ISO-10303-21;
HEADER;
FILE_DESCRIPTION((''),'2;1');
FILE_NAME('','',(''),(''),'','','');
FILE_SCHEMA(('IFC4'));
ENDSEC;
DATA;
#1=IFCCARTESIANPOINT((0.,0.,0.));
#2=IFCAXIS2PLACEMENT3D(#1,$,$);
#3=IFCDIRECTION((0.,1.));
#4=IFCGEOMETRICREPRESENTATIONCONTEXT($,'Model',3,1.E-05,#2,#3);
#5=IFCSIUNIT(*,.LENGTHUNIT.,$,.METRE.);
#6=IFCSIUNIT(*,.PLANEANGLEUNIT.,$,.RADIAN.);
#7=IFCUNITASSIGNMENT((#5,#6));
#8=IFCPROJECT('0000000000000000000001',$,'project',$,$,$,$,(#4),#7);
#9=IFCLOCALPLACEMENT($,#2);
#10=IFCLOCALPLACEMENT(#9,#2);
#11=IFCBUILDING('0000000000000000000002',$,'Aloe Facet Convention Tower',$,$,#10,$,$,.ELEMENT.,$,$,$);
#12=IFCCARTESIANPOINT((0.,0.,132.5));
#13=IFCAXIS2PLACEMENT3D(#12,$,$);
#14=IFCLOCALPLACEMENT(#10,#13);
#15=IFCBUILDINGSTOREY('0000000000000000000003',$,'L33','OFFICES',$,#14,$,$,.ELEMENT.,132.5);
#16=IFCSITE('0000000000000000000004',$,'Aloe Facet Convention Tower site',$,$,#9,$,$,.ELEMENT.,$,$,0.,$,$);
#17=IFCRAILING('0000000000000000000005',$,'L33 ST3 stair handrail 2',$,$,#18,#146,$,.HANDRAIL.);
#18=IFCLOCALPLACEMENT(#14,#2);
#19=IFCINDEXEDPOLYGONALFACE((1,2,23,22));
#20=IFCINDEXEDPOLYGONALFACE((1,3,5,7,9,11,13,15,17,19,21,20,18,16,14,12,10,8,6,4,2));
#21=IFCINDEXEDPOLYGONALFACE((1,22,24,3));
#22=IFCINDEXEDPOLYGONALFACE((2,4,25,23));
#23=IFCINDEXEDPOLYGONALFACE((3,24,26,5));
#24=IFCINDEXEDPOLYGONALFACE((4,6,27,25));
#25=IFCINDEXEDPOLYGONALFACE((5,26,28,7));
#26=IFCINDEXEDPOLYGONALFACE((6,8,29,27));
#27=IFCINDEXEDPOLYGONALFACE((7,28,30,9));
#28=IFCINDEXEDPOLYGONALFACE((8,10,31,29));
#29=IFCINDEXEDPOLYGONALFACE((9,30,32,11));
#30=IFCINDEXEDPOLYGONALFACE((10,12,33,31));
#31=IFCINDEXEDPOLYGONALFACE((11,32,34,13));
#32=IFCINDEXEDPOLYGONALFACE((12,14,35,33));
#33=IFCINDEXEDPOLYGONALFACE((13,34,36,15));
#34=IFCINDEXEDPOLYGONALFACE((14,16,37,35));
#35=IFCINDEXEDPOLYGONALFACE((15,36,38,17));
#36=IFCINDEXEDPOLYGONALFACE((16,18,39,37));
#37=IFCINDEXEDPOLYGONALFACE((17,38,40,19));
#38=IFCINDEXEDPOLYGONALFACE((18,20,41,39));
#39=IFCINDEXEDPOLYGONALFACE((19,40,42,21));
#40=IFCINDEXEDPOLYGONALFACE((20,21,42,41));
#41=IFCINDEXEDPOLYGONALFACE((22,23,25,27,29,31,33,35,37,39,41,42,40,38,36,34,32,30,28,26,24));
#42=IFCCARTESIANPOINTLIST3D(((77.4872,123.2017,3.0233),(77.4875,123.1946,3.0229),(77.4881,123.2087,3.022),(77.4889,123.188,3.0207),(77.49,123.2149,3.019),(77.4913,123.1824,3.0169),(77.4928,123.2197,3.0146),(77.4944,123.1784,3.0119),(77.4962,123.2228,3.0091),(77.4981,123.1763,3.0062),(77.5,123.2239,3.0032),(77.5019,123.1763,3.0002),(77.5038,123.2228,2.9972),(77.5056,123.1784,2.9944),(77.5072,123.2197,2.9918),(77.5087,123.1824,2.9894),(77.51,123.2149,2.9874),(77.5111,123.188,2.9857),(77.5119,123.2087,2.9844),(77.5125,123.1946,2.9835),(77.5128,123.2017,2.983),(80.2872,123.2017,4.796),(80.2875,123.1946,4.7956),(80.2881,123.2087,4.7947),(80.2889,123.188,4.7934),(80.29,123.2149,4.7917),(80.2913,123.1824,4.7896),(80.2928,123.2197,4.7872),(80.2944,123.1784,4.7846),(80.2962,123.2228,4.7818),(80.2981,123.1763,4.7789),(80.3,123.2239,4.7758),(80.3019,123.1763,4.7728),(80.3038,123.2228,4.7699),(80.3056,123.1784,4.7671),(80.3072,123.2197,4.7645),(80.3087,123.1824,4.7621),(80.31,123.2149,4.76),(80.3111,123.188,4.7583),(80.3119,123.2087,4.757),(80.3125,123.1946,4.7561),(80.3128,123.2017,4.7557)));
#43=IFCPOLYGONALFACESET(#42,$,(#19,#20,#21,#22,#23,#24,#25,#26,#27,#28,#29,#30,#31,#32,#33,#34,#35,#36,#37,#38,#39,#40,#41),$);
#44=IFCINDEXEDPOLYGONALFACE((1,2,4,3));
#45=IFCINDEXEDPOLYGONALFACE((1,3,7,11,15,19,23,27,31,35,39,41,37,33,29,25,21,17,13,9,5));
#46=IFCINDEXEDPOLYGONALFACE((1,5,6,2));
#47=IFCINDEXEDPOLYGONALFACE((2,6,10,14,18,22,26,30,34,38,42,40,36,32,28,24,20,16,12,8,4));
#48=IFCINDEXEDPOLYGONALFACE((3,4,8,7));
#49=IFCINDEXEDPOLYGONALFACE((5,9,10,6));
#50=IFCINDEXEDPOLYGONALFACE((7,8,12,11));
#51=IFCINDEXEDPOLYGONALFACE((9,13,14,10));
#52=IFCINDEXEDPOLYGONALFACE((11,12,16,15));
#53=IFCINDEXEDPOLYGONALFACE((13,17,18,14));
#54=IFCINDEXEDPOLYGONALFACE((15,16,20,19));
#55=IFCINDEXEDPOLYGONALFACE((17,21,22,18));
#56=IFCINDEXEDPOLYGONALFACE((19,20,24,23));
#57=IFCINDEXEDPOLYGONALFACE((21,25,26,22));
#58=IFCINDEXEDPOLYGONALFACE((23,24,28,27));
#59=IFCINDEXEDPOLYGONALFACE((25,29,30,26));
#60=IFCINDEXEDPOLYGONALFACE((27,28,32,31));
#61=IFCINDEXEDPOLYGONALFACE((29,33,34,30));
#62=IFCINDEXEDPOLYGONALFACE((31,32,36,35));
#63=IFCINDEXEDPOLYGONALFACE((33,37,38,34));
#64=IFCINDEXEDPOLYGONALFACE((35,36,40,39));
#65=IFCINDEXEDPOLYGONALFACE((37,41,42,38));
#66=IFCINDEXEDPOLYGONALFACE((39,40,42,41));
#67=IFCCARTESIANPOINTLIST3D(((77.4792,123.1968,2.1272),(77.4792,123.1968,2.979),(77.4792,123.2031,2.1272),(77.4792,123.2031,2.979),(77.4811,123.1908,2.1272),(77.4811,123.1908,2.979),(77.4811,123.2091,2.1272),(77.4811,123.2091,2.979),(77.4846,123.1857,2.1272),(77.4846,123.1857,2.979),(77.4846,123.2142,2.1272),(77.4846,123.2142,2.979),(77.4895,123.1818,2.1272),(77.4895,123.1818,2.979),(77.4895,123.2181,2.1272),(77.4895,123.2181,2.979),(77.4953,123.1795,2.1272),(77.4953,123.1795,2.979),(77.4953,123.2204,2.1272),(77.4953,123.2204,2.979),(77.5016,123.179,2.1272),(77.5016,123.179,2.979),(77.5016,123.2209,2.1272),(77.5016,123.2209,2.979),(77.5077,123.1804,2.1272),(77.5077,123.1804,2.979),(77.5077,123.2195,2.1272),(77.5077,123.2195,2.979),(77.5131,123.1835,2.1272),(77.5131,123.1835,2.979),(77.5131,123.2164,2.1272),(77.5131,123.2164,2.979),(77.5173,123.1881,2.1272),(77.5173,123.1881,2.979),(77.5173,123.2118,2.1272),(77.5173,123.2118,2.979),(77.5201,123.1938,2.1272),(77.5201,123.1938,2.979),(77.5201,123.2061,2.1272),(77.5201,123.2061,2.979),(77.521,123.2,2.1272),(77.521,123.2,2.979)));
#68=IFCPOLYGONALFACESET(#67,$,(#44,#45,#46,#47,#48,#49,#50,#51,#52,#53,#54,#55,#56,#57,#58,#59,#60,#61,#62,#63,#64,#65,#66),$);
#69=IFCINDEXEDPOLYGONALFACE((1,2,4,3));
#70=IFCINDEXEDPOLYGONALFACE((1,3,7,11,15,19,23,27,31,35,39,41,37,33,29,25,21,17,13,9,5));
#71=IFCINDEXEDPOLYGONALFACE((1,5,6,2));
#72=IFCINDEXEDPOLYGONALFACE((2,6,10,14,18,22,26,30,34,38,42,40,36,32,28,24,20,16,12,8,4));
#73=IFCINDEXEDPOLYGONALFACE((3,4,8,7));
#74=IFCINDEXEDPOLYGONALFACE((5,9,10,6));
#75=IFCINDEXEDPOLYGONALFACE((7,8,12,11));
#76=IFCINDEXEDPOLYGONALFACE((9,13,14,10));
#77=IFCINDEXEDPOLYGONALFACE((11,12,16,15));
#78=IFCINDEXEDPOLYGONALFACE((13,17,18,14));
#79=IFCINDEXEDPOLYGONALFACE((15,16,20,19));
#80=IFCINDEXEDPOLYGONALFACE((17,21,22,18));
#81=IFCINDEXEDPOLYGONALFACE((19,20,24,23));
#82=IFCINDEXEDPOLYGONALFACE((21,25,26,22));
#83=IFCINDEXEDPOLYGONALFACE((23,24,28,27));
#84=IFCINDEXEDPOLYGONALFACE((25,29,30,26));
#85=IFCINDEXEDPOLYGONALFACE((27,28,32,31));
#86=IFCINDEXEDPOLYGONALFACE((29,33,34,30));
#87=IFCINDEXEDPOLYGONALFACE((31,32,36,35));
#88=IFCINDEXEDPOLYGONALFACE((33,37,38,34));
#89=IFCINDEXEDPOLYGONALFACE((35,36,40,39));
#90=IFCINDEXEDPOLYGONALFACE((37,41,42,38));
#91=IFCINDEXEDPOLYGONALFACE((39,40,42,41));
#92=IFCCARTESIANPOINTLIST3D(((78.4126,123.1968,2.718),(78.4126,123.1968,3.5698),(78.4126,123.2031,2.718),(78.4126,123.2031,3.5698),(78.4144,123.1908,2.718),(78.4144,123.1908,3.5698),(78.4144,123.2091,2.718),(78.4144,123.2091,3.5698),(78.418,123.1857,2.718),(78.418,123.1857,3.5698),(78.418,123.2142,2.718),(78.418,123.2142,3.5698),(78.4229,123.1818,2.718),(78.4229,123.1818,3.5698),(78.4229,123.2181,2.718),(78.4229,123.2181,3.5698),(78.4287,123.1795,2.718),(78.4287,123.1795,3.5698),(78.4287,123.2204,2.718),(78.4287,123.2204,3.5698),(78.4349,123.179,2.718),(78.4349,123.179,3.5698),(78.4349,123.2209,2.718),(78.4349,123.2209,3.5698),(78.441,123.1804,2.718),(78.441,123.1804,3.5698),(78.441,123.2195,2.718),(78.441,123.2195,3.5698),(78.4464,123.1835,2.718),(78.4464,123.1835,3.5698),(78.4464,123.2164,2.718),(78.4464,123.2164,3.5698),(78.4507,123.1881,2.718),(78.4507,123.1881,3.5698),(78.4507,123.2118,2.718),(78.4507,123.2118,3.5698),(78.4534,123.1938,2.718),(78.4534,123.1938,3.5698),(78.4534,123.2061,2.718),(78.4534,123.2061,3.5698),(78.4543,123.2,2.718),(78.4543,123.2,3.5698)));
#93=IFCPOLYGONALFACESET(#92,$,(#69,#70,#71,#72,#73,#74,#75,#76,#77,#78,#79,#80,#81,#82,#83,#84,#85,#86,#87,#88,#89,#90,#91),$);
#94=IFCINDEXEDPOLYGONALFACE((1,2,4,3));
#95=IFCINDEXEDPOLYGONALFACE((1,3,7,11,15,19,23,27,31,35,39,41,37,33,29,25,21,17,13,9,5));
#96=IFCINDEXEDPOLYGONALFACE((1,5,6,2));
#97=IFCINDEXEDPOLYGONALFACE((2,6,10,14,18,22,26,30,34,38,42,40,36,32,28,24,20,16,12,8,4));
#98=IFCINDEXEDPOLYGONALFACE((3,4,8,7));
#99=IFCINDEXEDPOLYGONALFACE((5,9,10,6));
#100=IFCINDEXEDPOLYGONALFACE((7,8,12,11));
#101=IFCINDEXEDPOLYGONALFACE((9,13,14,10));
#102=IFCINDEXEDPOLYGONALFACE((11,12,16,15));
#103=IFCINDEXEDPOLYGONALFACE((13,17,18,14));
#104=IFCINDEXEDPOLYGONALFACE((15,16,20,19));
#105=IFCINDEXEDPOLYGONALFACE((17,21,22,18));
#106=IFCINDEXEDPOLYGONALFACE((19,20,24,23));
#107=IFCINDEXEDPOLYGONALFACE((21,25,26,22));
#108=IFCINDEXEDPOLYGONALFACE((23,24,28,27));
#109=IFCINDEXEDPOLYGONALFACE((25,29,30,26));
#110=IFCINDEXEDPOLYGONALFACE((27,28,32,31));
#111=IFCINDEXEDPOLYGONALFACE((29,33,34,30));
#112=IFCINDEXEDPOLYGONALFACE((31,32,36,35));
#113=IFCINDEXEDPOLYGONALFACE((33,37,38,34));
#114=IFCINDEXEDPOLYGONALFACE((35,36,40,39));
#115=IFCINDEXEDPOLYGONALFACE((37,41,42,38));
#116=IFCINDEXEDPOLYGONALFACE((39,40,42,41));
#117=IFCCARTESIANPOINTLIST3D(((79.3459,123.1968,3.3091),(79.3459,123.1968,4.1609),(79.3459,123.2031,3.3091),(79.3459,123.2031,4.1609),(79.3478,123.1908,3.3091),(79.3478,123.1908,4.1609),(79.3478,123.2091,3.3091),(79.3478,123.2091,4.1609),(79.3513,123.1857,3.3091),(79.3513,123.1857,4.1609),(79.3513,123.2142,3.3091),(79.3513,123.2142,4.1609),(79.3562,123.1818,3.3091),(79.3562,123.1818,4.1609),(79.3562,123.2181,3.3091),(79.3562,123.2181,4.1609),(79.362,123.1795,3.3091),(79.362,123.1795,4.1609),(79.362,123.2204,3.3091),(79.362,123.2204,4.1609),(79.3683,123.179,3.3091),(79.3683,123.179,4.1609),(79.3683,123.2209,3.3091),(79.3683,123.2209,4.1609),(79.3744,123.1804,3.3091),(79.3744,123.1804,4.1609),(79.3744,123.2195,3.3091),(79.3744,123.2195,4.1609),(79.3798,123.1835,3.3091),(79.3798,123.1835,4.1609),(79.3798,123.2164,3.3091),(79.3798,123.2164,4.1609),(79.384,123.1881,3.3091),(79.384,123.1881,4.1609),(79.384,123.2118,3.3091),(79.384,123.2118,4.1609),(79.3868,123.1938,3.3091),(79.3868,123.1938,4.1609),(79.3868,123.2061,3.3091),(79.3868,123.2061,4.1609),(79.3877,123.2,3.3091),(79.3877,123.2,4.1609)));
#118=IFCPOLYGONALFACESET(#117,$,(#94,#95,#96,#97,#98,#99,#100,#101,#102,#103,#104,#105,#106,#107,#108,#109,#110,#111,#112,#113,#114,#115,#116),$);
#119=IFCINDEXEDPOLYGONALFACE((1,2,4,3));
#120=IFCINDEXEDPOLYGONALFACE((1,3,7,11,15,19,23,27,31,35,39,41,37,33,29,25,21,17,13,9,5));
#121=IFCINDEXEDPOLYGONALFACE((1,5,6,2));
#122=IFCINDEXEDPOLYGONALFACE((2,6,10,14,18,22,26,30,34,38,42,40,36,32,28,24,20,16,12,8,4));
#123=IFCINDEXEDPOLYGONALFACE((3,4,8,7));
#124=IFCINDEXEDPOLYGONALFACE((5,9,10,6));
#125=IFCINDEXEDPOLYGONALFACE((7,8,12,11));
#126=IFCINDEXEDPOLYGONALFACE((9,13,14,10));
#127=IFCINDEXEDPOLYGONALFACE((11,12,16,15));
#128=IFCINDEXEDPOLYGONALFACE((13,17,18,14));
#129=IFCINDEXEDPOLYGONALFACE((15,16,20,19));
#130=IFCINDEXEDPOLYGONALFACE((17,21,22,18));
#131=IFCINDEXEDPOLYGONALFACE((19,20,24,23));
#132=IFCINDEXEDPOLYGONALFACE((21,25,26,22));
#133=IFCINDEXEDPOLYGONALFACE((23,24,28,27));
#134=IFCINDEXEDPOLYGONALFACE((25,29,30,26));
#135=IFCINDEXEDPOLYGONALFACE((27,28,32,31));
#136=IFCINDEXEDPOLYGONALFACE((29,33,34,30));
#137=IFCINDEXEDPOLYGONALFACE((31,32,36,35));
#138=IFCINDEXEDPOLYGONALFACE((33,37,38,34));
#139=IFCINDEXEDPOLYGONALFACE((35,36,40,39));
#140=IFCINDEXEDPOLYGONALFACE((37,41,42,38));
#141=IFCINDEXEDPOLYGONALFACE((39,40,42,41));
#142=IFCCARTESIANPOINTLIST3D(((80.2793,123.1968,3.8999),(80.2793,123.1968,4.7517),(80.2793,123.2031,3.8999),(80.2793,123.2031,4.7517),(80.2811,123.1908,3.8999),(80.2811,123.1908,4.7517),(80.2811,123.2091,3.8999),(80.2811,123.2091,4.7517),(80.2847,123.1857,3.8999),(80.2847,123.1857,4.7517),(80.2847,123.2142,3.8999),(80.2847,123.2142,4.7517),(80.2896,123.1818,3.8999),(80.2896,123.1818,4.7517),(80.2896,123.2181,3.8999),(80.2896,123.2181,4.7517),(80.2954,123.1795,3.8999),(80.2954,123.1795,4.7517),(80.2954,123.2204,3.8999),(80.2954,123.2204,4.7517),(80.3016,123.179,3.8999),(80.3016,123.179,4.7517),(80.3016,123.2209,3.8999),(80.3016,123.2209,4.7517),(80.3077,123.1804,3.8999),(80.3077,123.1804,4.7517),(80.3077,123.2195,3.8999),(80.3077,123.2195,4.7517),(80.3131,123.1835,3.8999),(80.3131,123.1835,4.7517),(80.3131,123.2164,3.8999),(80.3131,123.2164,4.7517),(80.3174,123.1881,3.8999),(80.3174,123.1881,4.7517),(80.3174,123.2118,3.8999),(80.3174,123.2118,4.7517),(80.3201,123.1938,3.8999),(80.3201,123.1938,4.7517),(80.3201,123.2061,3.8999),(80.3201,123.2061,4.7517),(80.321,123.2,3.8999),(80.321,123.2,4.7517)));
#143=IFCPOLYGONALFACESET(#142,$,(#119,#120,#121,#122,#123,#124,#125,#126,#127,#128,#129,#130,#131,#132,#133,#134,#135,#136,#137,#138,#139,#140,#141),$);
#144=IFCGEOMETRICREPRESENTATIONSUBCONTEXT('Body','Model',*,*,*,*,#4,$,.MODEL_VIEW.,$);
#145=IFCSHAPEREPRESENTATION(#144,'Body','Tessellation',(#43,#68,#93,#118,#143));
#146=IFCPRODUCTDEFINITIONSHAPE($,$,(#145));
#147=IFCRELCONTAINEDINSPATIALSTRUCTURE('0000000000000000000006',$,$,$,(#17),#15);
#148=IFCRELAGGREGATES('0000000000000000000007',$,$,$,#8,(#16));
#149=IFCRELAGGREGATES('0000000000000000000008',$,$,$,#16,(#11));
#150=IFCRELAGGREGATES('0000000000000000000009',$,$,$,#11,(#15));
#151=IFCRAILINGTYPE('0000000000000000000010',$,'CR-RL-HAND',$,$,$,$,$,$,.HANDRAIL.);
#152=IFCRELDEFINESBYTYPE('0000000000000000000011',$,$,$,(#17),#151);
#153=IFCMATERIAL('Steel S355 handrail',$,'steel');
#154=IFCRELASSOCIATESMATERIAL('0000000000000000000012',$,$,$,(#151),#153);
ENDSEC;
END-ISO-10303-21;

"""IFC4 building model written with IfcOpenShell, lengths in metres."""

from ifc_helpers import new_model, si_unit, direction, frame, origin, origin_2d, place, context, subcontext, project, spatial, circle, extrude, material, type_object, element, save


model = new_model("IFC4")

# Units and contexts
model_context = context("Model", 3, precision=1e-05, world=origin(), true_north=direction((0.0, 1.0)))
body_context = subcontext(model_context, "Body", "Model", "MODEL_VIEW")
ifc_project = project(units=[si_unit("LENGTHUNIT", "METRE"), si_unit("PLANEANGLEUNIT", "RADIAN")], contexts=[model_context])

# Site, building, storey
site_placement = place(None, origin())
site = spatial("IfcSite", under=ifc_project, at=site_placement, Name="Aloe Facet Convention Tower site", CompositionType="ELEMENT", RefElevation=0.0)
building_placement = place(site_placement, origin())
building = spatial("IfcBuilding", under=site, at=building_placement, Name="Aloe Facet Convention Tower", CompositionType="ELEMENT")
storey_placement = place(building_placement, frame((0.0, 0.0, 132.5)))
storey = spatial("IfcBuildingStorey", under=building, at=storey_placement, Name="L33", Description="OFFICES", CompositionType="ELEMENT", Elevation=132.5)

# Railing
ifc_material_1 = material(Name="Steel S355 handrail", Category="steel")
railing_type_1 = type_object("IfcRailingType", Name="CR-RL-HAND", PredefinedType="HANDRAIL", material=ifc_material_1)
railing_1_placement = place(storey_placement, frame((77.5, 123.2, 2.1272)))
element("IfcRailing", 1, at=railing_1_placement, inside=storey, type_object=railing_type_1, Name="L33 ST3 stair handrail 2", PredefinedType="HANDRAIL", context=body_context, shape_type="SweptSolid", body=[
    extrude(circle(Radius=0.0239, at=origin_2d()), frame((0.0, 0.0, 0.876), z_axis=(0.844909, 0.0, 0.53491), x_axis=(0.0, 1.0, 0.0)), (0.0, 0.0, 1.0), 3.314),
    extrude(circle(Radius=0.021, at=origin_2d()), origin(), (0.0, 0.0, 1.0), 0.8518),
    extrude(circle(Radius=0.021, at=origin_2d()), frame((0.9333, 0.0, 0.5908)), (0.0, 0.0, 1.0), 0.8518),
    extrude(circle(Radius=0.021, at=origin_2d()), frame((1.8667, 0.0, 1.1819)), (0.0, 0.0, 1.0), 0.8518),
    extrude(circle(Radius=0.021, at=origin_2d()), frame((2.8, 0.0, 1.7727)), (0.0, 0.0, 1.0), 0.8518),
])

save(model, "model.ifc")
